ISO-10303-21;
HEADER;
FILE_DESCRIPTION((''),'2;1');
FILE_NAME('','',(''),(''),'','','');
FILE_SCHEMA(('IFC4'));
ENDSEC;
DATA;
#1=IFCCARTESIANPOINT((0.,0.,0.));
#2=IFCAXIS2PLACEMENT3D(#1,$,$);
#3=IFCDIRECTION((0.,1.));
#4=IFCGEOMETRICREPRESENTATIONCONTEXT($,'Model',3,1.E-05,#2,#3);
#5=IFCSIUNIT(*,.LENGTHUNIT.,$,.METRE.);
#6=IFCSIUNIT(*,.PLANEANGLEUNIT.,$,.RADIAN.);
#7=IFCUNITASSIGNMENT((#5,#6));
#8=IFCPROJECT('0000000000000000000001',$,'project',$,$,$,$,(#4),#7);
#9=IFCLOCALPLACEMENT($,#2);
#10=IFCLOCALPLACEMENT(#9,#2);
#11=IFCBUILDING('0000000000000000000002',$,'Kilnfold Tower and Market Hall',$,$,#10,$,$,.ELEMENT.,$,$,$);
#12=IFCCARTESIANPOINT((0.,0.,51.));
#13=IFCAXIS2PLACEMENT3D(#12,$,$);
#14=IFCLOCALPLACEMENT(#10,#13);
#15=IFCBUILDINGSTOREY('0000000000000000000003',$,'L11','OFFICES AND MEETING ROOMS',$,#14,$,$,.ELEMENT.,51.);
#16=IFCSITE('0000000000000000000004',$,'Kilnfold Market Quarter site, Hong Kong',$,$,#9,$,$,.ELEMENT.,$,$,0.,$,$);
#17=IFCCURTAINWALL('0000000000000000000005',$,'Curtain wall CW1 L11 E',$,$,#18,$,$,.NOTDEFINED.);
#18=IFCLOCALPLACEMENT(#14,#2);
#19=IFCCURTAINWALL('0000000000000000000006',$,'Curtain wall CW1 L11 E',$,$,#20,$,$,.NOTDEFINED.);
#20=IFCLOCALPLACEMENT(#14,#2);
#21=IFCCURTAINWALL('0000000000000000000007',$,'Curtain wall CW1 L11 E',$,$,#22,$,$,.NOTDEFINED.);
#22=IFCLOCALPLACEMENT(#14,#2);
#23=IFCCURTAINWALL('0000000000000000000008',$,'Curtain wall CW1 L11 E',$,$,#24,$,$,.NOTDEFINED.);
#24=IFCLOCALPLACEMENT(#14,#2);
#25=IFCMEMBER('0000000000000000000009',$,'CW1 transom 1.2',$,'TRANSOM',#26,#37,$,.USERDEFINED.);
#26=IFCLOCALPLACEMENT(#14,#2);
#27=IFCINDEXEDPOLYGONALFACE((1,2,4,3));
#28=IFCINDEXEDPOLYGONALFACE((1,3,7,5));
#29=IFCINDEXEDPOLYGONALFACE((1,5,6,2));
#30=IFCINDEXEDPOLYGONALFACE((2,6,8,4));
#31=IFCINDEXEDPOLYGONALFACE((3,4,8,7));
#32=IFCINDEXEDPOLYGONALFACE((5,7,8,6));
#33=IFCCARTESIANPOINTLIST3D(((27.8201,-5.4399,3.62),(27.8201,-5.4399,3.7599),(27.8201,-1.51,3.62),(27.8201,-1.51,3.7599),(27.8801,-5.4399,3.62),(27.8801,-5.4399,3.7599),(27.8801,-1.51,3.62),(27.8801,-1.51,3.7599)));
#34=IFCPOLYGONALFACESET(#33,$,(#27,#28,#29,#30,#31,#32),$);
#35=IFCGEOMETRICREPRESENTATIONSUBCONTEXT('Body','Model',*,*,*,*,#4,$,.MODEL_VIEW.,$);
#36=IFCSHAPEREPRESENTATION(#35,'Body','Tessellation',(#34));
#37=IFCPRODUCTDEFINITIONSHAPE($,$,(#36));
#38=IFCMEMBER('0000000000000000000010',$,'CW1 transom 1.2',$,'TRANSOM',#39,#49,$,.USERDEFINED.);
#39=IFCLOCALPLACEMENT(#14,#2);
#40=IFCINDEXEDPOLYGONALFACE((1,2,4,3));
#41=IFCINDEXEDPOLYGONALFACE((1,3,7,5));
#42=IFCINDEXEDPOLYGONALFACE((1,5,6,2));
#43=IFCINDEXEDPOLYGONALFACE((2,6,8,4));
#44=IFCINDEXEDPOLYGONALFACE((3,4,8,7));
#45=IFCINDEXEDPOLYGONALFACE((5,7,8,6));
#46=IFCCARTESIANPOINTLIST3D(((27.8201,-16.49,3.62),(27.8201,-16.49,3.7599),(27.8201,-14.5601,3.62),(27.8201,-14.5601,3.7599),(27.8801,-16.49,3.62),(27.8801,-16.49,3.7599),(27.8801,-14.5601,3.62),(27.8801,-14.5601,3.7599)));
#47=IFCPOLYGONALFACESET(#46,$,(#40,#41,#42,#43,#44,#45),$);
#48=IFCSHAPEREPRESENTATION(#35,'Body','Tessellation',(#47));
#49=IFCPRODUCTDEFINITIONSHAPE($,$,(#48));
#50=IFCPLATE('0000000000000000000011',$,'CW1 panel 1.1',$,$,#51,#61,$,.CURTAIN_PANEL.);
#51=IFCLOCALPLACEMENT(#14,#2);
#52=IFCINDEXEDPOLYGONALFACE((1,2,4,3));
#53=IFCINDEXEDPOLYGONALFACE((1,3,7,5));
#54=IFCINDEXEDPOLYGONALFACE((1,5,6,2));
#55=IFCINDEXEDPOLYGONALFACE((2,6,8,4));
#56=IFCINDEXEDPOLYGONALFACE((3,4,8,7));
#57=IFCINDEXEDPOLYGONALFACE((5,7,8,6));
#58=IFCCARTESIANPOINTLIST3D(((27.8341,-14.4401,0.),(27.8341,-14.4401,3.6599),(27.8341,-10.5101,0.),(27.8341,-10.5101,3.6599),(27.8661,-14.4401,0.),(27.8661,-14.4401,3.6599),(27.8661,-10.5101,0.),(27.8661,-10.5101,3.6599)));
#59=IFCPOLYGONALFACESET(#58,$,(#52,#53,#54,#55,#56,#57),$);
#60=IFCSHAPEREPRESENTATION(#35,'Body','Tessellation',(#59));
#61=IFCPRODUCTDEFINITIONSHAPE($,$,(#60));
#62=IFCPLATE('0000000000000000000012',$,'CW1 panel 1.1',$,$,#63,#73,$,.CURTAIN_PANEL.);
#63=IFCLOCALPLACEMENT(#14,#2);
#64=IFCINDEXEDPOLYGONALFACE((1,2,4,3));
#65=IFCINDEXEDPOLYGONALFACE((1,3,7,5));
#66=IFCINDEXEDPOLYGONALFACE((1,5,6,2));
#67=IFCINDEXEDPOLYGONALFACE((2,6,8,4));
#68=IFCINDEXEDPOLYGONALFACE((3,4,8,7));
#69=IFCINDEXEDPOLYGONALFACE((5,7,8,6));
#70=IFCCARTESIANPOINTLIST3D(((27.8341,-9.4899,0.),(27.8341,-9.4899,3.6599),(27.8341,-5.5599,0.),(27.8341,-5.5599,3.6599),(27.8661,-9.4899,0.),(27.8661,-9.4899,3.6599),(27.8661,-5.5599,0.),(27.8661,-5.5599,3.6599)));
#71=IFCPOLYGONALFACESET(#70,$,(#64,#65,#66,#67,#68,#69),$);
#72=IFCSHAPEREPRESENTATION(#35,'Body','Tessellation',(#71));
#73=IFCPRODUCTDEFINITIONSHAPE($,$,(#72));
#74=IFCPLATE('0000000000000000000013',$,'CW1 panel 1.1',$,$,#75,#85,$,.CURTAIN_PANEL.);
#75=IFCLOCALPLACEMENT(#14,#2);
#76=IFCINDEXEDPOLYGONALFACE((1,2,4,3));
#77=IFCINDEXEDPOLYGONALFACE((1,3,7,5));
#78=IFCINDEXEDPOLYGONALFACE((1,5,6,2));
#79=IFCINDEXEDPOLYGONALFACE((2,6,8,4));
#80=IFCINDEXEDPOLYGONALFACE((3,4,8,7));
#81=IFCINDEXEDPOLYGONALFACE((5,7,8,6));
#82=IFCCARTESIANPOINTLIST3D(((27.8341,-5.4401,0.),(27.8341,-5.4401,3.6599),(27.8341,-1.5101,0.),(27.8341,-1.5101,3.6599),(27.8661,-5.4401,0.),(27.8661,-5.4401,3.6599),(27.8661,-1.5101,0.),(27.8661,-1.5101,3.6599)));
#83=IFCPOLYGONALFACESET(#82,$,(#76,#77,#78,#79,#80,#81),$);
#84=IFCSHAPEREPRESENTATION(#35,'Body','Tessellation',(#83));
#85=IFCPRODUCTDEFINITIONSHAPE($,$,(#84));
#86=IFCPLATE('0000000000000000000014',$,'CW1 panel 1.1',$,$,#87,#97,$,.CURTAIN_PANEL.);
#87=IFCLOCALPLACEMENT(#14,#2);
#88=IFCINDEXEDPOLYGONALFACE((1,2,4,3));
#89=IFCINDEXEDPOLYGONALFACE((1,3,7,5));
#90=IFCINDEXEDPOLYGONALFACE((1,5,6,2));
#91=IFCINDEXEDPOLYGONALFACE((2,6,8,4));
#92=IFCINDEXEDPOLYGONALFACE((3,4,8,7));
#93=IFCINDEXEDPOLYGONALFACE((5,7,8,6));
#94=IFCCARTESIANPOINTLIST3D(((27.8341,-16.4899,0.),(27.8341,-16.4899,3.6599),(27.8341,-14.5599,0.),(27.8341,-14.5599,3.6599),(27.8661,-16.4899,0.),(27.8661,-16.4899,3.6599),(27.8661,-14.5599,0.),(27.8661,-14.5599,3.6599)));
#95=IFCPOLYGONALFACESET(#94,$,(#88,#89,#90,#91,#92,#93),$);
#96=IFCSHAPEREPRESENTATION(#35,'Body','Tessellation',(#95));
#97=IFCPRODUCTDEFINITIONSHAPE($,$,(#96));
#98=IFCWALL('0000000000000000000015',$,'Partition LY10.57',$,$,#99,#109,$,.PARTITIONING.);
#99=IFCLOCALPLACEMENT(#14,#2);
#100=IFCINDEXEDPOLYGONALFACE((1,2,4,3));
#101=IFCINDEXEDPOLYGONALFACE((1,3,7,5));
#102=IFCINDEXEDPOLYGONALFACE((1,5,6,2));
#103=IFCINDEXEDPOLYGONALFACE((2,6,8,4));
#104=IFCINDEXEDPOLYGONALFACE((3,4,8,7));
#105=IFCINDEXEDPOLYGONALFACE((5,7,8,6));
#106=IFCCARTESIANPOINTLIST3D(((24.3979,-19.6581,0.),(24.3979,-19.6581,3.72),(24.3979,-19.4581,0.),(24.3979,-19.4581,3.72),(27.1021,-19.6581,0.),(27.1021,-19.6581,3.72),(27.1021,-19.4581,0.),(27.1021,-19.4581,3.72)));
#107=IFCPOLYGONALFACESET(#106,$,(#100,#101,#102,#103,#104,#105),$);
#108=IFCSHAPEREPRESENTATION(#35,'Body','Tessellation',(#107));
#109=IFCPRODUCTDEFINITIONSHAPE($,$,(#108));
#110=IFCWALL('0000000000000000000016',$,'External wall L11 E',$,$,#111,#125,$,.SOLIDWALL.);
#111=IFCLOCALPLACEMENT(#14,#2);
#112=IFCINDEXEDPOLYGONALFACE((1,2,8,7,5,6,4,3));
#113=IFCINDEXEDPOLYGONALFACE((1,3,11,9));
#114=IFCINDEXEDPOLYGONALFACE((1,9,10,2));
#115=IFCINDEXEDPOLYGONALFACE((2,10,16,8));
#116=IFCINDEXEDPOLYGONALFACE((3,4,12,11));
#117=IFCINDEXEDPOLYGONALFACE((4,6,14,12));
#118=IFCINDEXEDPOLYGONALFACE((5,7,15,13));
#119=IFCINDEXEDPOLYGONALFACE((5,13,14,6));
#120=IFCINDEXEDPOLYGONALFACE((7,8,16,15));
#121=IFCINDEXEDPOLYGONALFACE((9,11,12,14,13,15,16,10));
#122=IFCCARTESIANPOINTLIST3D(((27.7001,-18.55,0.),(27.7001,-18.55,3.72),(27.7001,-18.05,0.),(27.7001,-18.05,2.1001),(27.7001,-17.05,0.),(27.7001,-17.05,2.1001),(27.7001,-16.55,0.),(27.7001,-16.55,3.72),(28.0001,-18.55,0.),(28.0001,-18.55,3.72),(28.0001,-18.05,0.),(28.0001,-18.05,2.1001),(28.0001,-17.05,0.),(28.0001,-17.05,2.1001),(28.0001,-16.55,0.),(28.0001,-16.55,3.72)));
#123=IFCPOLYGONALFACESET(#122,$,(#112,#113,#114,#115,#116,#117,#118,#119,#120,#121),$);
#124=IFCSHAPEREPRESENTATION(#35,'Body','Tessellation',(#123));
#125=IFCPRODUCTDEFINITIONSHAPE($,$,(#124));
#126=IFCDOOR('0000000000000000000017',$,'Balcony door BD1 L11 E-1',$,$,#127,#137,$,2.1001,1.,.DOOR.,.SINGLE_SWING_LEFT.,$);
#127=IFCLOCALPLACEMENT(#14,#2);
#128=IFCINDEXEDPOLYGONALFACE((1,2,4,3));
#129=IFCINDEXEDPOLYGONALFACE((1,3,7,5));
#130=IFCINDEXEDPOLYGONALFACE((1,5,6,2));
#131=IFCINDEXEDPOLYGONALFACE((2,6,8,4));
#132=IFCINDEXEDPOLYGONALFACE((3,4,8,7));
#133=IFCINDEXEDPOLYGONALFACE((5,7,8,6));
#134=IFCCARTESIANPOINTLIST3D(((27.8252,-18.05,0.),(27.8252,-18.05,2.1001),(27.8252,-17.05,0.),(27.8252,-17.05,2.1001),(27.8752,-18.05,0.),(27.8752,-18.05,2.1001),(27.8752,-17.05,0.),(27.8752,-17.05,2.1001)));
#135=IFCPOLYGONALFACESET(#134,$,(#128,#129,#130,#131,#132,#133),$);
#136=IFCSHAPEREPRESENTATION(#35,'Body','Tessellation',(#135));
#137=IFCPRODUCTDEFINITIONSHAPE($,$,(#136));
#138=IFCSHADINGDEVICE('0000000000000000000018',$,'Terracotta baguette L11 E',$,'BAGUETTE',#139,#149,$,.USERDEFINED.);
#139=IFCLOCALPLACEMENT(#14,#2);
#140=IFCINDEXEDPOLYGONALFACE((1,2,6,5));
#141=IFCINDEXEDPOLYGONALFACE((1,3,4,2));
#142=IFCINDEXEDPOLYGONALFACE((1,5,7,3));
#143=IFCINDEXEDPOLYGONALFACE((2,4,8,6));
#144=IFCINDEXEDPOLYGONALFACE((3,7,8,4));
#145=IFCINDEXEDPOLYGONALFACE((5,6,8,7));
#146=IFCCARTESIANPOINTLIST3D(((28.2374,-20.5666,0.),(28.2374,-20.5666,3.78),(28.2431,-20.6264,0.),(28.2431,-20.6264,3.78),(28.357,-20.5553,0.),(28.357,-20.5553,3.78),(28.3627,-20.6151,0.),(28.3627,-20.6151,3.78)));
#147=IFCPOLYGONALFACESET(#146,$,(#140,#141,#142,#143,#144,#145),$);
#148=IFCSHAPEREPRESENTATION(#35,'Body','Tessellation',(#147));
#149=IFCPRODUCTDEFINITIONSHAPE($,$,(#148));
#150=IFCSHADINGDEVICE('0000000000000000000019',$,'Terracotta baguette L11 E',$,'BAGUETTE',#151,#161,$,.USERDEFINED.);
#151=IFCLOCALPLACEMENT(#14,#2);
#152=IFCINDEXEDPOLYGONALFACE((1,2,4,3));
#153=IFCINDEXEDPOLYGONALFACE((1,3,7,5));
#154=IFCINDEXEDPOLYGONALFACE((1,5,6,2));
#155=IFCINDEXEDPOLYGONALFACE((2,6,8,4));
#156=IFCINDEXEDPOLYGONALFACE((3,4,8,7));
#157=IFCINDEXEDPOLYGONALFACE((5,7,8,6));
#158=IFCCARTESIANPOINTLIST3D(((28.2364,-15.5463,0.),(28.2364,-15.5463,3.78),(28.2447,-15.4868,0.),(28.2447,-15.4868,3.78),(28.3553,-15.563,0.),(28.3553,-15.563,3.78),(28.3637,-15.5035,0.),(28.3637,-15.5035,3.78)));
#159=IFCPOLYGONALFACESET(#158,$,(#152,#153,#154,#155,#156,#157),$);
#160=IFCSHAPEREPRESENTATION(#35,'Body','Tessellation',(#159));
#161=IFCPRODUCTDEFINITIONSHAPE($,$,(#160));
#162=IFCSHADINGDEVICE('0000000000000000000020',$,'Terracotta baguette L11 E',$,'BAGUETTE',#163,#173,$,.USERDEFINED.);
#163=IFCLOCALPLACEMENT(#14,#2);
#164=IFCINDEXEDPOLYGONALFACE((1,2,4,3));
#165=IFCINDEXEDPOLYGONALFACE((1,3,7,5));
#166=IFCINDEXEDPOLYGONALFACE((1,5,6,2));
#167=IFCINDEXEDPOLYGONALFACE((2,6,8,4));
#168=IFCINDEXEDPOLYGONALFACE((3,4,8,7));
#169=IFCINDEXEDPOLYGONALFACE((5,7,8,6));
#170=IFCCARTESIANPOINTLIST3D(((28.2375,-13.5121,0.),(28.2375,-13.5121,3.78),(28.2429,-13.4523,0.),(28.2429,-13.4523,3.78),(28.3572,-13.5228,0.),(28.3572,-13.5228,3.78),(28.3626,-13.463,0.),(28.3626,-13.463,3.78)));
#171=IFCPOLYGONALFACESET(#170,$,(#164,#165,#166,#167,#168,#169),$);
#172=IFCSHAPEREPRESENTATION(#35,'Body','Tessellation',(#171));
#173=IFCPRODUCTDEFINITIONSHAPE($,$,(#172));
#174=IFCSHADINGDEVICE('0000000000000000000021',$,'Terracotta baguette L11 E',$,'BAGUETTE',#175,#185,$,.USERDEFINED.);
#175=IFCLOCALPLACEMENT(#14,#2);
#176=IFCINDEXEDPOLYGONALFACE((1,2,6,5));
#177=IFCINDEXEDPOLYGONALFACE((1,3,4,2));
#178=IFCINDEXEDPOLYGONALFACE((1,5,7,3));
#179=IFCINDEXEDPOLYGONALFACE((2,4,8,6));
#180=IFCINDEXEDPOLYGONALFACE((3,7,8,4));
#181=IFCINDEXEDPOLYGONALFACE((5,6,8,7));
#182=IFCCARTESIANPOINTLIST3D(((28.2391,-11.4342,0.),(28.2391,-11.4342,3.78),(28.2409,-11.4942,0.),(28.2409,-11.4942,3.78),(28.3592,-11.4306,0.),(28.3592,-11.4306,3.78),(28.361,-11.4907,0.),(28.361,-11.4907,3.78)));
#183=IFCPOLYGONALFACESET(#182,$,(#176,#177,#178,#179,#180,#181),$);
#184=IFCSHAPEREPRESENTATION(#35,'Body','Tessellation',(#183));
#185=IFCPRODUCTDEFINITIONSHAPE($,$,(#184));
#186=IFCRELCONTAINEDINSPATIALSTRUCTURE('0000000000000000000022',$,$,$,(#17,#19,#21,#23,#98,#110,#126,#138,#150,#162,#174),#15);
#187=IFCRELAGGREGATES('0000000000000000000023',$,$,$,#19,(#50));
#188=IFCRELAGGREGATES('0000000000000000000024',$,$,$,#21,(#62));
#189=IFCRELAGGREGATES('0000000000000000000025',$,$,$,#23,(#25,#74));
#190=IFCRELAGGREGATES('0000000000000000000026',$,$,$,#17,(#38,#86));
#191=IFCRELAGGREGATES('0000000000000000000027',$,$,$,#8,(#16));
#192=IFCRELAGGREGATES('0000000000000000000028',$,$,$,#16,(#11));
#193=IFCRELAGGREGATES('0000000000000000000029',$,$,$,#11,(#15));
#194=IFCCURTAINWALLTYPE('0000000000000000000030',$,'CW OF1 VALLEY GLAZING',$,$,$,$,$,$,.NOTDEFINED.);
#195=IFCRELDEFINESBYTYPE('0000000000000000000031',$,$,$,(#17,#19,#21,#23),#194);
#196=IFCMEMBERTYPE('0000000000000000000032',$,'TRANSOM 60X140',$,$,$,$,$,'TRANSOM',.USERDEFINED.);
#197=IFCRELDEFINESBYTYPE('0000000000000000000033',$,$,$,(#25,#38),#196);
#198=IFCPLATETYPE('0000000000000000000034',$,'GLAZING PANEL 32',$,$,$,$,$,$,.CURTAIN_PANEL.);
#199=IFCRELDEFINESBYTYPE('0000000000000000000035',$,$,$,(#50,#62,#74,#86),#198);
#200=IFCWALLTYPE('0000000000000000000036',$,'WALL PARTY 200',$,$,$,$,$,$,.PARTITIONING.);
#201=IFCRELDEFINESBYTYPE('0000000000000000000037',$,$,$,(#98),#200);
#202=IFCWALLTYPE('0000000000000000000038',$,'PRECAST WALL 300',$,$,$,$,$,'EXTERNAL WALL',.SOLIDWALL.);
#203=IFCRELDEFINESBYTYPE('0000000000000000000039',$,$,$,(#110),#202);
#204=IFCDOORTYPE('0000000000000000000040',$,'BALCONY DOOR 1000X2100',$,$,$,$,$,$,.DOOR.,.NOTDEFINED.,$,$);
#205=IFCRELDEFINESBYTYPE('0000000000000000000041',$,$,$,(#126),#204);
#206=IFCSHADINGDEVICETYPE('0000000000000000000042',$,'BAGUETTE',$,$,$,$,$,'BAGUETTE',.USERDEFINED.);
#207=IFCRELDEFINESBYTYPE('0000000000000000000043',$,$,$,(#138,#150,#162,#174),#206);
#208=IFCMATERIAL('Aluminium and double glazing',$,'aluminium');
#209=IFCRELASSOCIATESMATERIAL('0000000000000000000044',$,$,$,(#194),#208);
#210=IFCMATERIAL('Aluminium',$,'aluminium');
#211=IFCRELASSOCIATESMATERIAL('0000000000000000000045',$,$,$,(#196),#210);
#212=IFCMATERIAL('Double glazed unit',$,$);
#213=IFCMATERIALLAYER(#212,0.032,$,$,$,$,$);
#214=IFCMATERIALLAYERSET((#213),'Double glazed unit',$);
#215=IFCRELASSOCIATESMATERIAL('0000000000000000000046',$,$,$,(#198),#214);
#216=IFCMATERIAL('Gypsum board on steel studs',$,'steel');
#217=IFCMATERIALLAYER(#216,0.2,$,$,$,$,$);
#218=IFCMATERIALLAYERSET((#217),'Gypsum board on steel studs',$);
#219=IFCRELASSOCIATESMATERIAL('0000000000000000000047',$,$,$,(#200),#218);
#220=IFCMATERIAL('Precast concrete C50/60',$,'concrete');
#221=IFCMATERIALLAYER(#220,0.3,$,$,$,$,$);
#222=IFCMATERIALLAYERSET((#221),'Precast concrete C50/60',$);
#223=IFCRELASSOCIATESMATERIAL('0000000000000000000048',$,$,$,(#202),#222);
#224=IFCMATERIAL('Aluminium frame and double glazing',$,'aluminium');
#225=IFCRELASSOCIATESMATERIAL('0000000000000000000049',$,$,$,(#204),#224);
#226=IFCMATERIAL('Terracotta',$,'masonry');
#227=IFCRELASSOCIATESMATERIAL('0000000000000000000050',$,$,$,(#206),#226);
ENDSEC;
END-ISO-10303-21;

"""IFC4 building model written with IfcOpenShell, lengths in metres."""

from ifc_helpers import new_model, si_unit, direction, frame, frame_2d, origin, origin_2d, place, context, subcontext, project, spatial, rectangle, extrude, source, transform, mapped, material, layer, layer_set, material_profile, profile_set, type_object, element, fill, aggregate, save


model = new_model("IFC4")

# Units and contexts
model_context = context("Model", 3, precision=1e-05, world=origin(), true_north=direction((0.0, 1.0)))
body_context = subcontext(model_context, "Body", "Model", "MODEL_VIEW")
ifc_project = project(units=[si_unit("LENGTHUNIT", "METRE"), si_unit("PLANEANGLEUNIT", "RADIAN")], contexts=[model_context])

# Site, building, storey
site_placement = place(None, origin())
site = spatial("IfcSite", under=ifc_project, at=site_placement, Name="Kilnfold Market Quarter site, Hong Kong", CompositionType="ELEMENT", RefElevation=0.0)
building_placement = place(site_placement, origin())
building = spatial("IfcBuilding", under=site, at=building_placement, Name="Kilnfold Tower and Market Hall", CompositionType="ELEMENT")
storey_placement = place(building_placement, frame((0.0, 0.0, 51.0)))
storey = spatial("IfcBuildingStorey", under=building, at=storey_placement, Name="L11", Description="OFFICES AND MEETING ROOMS", CompositionType="ELEMENT", Elevation=51.0)

# Shared definitions
ifc_material_1 = material(Name="Aluminium and double glazing", Category="aluminium")
curtain_wall_type = type_object("IfcCurtainWallType", Name="CW OF1 VALLEY GLAZING", PredefinedType="NOTDEFINED", material=ifc_material_1)

# Curtain walls
curtain_wall_1_placement = place(storey_placement, origin())
curtain_wall_1 = element("IfcCurtainWall", 1, at=curtain_wall_1_placement, inside=storey, type_object=curtain_wall_type, Name="Curtain wall CW1 L11 E", PredefinedType="NOTDEFINED")
curtain_wall_2_placement = place(storey_placement, origin())
curtain_wall_2 = element("IfcCurtainWall", 2, at=curtain_wall_2_placement, inside=storey, type_object=curtain_wall_type, Name="Curtain wall CW1 L11 E", PredefinedType="NOTDEFINED")
curtain_wall_3_placement = place(storey_placement, origin())
curtain_wall_3 = element("IfcCurtainWall", 3, at=curtain_wall_3_placement, inside=storey, type_object=curtain_wall_type, Name="Curtain wall CW1 L11 E", PredefinedType="NOTDEFINED")

# Curtain wall
curtain_wall_4_placement = place(storey_placement, origin())
curtain_wall_4 = element("IfcCurtainWall", 4, at=curtain_wall_4_placement, inside=storey, type_object=curtain_wall_type, Name="Curtain wall CW1 L11 E", PredefinedType="NOTDEFINED")

# Members
ifc_material_2 = material(Name="Aluminium", Category="aluminium")
ifc_material_profile_1 = material_profile(ifc_material_2, rectangle(XDim=0.0601, YDim=0.1399, at=origin_2d()), Name="TRANSOM 60x140")
ifc_profile_set_1 = profile_set([ifc_material_profile_1], Name="Aluminium")
member_type_1 = type_object("IfcMemberType", Name="TRANSOM 60X140", ElementType="TRANSOM", PredefinedType="USERDEFINED", material=ifc_profile_set_1)
shared_shape_1 = source(origin(), body_context, "Body", "SweptSolid", [
    extrude(rectangle(XDim=0.0601, YDim=0.1399, at=origin_2d()), origin(), (0.0, 0.0, 1.0), 3.9299),
])
member_1_placement = place(storey_placement, frame((27.8501, -5.4399, 3.6899), z_axis=(0.0, 1.0, 0.0), x_axis=(-1.0, 0.0, 0.0)))
member_1 = element("IfcMember", 5, at=member_1_placement, type_object=member_type_1, Name="CW1 transom 1.2", ObjectType="TRANSOM", PredefinedType="USERDEFINED", context=body_context, shape_type="MappedRepresentation", body=[
    mapped(shared_shape_1, transform((0.0, 0.0, 0.0))),
])
shared_shape_2 = source(origin(), body_context, "Body", "SweptSolid", [
    extrude(rectangle(XDim=0.0601, YDim=0.1399, at=origin_2d()), origin(), (0.0, 0.0, 1.0), 1.9299),
])
member_2_placement = place(storey_placement, frame((27.8501, -16.49, 3.6899), z_axis=(0.0, 1.0, 0.0), x_axis=(-1.0, 0.0, 0.0)))
member_2 = element("IfcMember", 6, at=member_2_placement, type_object=member_type_1, Name="CW1 transom 1.2", ObjectType="TRANSOM", PredefinedType="USERDEFINED", context=body_context, shape_type="MappedRepresentation", body=[
    mapped(shared_shape_2, transform((0.0, 0.0, 0.0))),
])

# Plates
ifc_material_3 = material(Name="Double glazed unit")
ifc_layer_1 = layer(ifc_material_3, 0.032)
ifc_layer_set_1 = layer_set([ifc_layer_1], Name="Double glazed unit")
plate_type = type_object("IfcPlateType", Name="GLAZING PANEL 32", PredefinedType="CURTAIN_PANEL", material=ifc_layer_set_1)
shared_shape_3 = source(origin(), body_context, "Body", "SweptSolid", [
    extrude(rectangle(XDim=3.9299, YDim=0.032, at=origin_2d()), origin(), (0.0, 0.0, 1.0), 3.6599),
])
plate_1_placement = place(storey_placement, frame((27.8501, -12.4751, 0.0), z_axis=(0.0, 0.0, 1.0), x_axis=(0.0, 1.0, 0.0)))
plate_1 = element("IfcPlate", 7, at=plate_1_placement, type_object=plate_type, Name="CW1 panel 1.1", PredefinedType="CURTAIN_PANEL", context=body_context, shape_type="MappedRepresentation", body=[
    mapped(shared_shape_3, transform((0.0, 0.0, 0.0))),
])
aggregate(curtain_wall_2, [plate_1])
plate_2_placement = place(storey_placement, frame((27.8501, -7.5249, 0.0), z_axis=(0.0, 0.0, 1.0), x_axis=(0.0, 1.0, 0.0)))
plate_2 = element("IfcPlate", 8, at=plate_2_placement, type_object=plate_type, Name="CW1 panel 1.1", PredefinedType="CURTAIN_PANEL", context=body_context, shape_type="MappedRepresentation", body=[
    mapped(shared_shape_3, transform((0.0, 0.0, 0.0))),
])
aggregate(curtain_wall_3, [plate_2])
plate_3_placement = place(storey_placement, frame((27.8501, -3.4751, 0.0), z_axis=(0.0, 0.0, 1.0), x_axis=(0.0, 1.0, 0.0)))
plate_3 = element("IfcPlate", 9, at=plate_3_placement, type_object=plate_type, Name="CW1 panel 1.1", PredefinedType="CURTAIN_PANEL", context=body_context, shape_type="MappedRepresentation", body=[
    mapped(shared_shape_3, transform((0.0, 0.0, 0.0))),
])
aggregate(curtain_wall_4, [member_1, plate_3])
shared_shape_4 = source(origin(), body_context, "Body", "SweptSolid", [
    extrude(rectangle(XDim=1.9299, YDim=0.032, at=origin_2d()), origin(), (0.0, 0.0, 1.0), 3.6599),
])
plate_4_placement = place(storey_placement, frame((27.8501, -15.5249, 0.0), z_axis=(0.0, 0.0, 1.0), x_axis=(0.0, 1.0, 0.0)))
plate_4 = element("IfcPlate", 10, at=plate_4_placement, type_object=plate_type, Name="CW1 panel 1.1", PredefinedType="CURTAIN_PANEL", context=body_context, shape_type="MappedRepresentation", body=[
    mapped(shared_shape_4, transform((0.0, 0.0, 0.0))),
])
aggregate(curtain_wall_1, [member_2, plate_4])

# Wall
ifc_material_4 = material(Name="Gypsum board on steel studs", Category="steel")
ifc_layer_2 = layer(ifc_material_4, 0.2)
ifc_layer_set_2 = layer_set([ifc_layer_2], Name="Gypsum board on steel studs")
wall_type_1 = type_object("IfcWallType", Name="WALL PARTY 200", PredefinedType="PARTITIONING", material=ifc_layer_set_2)
wall_1_placement = place(storey_placement, frame((27.1021, -19.5581, 0.0), z_axis=(0.0, 0.0, 1.0), x_axis=(-1.0, 0.0, 0.0)))
element("IfcWall", 11, at=wall_1_placement, inside=storey, type_object=wall_type_1, Name="Partition LY10.57", PredefinedType="PARTITIONING", context=body_context, shape_type="SweptSolid", body=[
    extrude(rectangle(XDim=2.7041, YDim=0.2, at=frame_2d((1.3521, 0.0))), origin(), (0.0, 0.0, 1.0), 3.72),
])

# Wall, opening, door
ifc_material_5 = material(Name="Precast concrete C50/60", Category="concrete")
ifc_layer_3 = layer(ifc_material_5, 0.3)
ifc_layer_set_3 = layer_set([ifc_layer_3], Name="Precast concrete C50/60")
wall_type_2 = type_object("IfcWallType", Name="PRECAST WALL 300", ElementType="EXTERNAL WALL", PredefinedType="SOLIDWALL", material=ifc_layer_set_3)
shared_shape_5 = source(origin(), body_context, "Body", "SweptSolid", [
    extrude(rectangle(XDim=2.0, YDim=0.3, at=frame_2d((1.0, 0.0))), origin(), (0.0, 0.0, 1.0), 3.72),
])
wall_2_placement = place(storey_placement, frame((27.8501, -18.55, 0.0), z_axis=(0.0, 0.0, 1.0), x_axis=(0.0, 1.0, 0.0)))
wall_2 = element("IfcWall", 12, at=wall_2_placement, inside=storey, type_object=wall_type_2, Name="External wall L11 E", PredefinedType="SOLIDWALL", context=body_context, shape_type="MappedRepresentation", body=[
    mapped(shared_shape_5, transform((0.0, 0.0, 0.0))),
])
opening_placement = place(wall_2_placement, frame((0.5, 0.0, 0.0)))
opening = element("IfcOpeningElement", 13, at=opening_placement, cuts=wall_2, PredefinedType="OPENING", context=body_context, shape_type="SweptSolid", body=[
    extrude(rectangle(XDim=1.0, YDim=2.1001, at=frame_2d((0.5, 1.05))), frame((0.0, 0.1602, 0.0), z_axis=(0.0, -1.0, 0.0), x_axis=(1.0, 0.0, 0.0)), (0.0, 0.0, 1.0), 0.3201),
])
ifc_material_6 = material(Name="Aluminium frame and double glazing", Category="aluminium")
door_type = type_object("IfcDoorType", Name="BALCONY DOOR 1000X2100", OperationType="NOTDEFINED", PredefinedType="DOOR", material=ifc_material_6)
door_placement = place(opening_placement, origin())
door = element("IfcDoor", 14, at=door_placement, inside=storey, type_object=door_type, Name="Balcony door BD1 L11 E-1", OperationType="SINGLE_SWING_LEFT", OverallHeight=2.1001, OverallWidth=1.0, PredefinedType="DOOR", context=body_context, shape_type="SweptSolid", body=[
    extrude(rectangle(XDim=1.0, YDim=2.1001, at=frame_2d((0.5, 1.05))), frame((0.0, 0.0249, 0.0), z_axis=(0.0, -1.0, 0.0), x_axis=(1.0, 0.0, 0.0)), (0.0, 0.0, 1.0), 0.05),
])
fill(opening, door)

# Shading devices
ifc_material_7 = material(Name="Terracotta", Category="masonry")
ifc_material_profile_2 = material_profile(ifc_material_7, rectangle(XDim=0.0601, YDim=0.1201, at=origin_2d()), Name="BAG 60x120")
ifc_profile_set_2 = profile_set([ifc_material_profile_2], Name="Terracotta")
shading_device_type = type_object("IfcShadingDeviceType", Name="BAGUETTE", ElementType="BAGUETTE", PredefinedType="USERDEFINED", material=ifc_profile_set_2)
shared_shape_6 = source(origin(), body_context, "Body", "SweptSolid", [
    extrude(rectangle(XDim=0.0601, YDim=0.1201, at=origin_2d()), origin(), (0.0, 0.0, 1.0), 3.78),
])
for number, where, z_axis, x_axis, name in (
    (15, (28.3, -20.5908, 0.0), (0.0, 0.0, 1.0), (-0.094299, 0.995544, 0.0), "Terracotta baguette L11 E"),
    (16, (28.3, -15.5249, 0.0), (0.0, 0.0, 1.0), (0.139062, 0.990284, 0.0), "Terracotta baguette L11 E"),
    (17, (28.3, -13.4875, 0.0), (0.0, 0.0, 1.0), (0.089447, 0.995992, 0.0), "Terracotta baguette L11 E"),
    (18, (28.3, -11.4624, 0.0), (0.0, 0.0, 1.0), (-0.029429, 0.999567, 0.0), "Terracotta baguette L11 E"),
):
    element("IfcShadingDevice", number, at=place(storey_placement, frame(where, z_axis=z_axis, x_axis=x_axis)), inside=storey, type_object=shading_device_type, Name=name, ObjectType="BAGUETTE", PredefinedType="USERDEFINED", context=body_context, shape_type="MappedRepresentation", body=[
        mapped(shared_shape_6, transform((0.0, 0.0, 0.0))),
    ])

save(model, "model.ifc")
